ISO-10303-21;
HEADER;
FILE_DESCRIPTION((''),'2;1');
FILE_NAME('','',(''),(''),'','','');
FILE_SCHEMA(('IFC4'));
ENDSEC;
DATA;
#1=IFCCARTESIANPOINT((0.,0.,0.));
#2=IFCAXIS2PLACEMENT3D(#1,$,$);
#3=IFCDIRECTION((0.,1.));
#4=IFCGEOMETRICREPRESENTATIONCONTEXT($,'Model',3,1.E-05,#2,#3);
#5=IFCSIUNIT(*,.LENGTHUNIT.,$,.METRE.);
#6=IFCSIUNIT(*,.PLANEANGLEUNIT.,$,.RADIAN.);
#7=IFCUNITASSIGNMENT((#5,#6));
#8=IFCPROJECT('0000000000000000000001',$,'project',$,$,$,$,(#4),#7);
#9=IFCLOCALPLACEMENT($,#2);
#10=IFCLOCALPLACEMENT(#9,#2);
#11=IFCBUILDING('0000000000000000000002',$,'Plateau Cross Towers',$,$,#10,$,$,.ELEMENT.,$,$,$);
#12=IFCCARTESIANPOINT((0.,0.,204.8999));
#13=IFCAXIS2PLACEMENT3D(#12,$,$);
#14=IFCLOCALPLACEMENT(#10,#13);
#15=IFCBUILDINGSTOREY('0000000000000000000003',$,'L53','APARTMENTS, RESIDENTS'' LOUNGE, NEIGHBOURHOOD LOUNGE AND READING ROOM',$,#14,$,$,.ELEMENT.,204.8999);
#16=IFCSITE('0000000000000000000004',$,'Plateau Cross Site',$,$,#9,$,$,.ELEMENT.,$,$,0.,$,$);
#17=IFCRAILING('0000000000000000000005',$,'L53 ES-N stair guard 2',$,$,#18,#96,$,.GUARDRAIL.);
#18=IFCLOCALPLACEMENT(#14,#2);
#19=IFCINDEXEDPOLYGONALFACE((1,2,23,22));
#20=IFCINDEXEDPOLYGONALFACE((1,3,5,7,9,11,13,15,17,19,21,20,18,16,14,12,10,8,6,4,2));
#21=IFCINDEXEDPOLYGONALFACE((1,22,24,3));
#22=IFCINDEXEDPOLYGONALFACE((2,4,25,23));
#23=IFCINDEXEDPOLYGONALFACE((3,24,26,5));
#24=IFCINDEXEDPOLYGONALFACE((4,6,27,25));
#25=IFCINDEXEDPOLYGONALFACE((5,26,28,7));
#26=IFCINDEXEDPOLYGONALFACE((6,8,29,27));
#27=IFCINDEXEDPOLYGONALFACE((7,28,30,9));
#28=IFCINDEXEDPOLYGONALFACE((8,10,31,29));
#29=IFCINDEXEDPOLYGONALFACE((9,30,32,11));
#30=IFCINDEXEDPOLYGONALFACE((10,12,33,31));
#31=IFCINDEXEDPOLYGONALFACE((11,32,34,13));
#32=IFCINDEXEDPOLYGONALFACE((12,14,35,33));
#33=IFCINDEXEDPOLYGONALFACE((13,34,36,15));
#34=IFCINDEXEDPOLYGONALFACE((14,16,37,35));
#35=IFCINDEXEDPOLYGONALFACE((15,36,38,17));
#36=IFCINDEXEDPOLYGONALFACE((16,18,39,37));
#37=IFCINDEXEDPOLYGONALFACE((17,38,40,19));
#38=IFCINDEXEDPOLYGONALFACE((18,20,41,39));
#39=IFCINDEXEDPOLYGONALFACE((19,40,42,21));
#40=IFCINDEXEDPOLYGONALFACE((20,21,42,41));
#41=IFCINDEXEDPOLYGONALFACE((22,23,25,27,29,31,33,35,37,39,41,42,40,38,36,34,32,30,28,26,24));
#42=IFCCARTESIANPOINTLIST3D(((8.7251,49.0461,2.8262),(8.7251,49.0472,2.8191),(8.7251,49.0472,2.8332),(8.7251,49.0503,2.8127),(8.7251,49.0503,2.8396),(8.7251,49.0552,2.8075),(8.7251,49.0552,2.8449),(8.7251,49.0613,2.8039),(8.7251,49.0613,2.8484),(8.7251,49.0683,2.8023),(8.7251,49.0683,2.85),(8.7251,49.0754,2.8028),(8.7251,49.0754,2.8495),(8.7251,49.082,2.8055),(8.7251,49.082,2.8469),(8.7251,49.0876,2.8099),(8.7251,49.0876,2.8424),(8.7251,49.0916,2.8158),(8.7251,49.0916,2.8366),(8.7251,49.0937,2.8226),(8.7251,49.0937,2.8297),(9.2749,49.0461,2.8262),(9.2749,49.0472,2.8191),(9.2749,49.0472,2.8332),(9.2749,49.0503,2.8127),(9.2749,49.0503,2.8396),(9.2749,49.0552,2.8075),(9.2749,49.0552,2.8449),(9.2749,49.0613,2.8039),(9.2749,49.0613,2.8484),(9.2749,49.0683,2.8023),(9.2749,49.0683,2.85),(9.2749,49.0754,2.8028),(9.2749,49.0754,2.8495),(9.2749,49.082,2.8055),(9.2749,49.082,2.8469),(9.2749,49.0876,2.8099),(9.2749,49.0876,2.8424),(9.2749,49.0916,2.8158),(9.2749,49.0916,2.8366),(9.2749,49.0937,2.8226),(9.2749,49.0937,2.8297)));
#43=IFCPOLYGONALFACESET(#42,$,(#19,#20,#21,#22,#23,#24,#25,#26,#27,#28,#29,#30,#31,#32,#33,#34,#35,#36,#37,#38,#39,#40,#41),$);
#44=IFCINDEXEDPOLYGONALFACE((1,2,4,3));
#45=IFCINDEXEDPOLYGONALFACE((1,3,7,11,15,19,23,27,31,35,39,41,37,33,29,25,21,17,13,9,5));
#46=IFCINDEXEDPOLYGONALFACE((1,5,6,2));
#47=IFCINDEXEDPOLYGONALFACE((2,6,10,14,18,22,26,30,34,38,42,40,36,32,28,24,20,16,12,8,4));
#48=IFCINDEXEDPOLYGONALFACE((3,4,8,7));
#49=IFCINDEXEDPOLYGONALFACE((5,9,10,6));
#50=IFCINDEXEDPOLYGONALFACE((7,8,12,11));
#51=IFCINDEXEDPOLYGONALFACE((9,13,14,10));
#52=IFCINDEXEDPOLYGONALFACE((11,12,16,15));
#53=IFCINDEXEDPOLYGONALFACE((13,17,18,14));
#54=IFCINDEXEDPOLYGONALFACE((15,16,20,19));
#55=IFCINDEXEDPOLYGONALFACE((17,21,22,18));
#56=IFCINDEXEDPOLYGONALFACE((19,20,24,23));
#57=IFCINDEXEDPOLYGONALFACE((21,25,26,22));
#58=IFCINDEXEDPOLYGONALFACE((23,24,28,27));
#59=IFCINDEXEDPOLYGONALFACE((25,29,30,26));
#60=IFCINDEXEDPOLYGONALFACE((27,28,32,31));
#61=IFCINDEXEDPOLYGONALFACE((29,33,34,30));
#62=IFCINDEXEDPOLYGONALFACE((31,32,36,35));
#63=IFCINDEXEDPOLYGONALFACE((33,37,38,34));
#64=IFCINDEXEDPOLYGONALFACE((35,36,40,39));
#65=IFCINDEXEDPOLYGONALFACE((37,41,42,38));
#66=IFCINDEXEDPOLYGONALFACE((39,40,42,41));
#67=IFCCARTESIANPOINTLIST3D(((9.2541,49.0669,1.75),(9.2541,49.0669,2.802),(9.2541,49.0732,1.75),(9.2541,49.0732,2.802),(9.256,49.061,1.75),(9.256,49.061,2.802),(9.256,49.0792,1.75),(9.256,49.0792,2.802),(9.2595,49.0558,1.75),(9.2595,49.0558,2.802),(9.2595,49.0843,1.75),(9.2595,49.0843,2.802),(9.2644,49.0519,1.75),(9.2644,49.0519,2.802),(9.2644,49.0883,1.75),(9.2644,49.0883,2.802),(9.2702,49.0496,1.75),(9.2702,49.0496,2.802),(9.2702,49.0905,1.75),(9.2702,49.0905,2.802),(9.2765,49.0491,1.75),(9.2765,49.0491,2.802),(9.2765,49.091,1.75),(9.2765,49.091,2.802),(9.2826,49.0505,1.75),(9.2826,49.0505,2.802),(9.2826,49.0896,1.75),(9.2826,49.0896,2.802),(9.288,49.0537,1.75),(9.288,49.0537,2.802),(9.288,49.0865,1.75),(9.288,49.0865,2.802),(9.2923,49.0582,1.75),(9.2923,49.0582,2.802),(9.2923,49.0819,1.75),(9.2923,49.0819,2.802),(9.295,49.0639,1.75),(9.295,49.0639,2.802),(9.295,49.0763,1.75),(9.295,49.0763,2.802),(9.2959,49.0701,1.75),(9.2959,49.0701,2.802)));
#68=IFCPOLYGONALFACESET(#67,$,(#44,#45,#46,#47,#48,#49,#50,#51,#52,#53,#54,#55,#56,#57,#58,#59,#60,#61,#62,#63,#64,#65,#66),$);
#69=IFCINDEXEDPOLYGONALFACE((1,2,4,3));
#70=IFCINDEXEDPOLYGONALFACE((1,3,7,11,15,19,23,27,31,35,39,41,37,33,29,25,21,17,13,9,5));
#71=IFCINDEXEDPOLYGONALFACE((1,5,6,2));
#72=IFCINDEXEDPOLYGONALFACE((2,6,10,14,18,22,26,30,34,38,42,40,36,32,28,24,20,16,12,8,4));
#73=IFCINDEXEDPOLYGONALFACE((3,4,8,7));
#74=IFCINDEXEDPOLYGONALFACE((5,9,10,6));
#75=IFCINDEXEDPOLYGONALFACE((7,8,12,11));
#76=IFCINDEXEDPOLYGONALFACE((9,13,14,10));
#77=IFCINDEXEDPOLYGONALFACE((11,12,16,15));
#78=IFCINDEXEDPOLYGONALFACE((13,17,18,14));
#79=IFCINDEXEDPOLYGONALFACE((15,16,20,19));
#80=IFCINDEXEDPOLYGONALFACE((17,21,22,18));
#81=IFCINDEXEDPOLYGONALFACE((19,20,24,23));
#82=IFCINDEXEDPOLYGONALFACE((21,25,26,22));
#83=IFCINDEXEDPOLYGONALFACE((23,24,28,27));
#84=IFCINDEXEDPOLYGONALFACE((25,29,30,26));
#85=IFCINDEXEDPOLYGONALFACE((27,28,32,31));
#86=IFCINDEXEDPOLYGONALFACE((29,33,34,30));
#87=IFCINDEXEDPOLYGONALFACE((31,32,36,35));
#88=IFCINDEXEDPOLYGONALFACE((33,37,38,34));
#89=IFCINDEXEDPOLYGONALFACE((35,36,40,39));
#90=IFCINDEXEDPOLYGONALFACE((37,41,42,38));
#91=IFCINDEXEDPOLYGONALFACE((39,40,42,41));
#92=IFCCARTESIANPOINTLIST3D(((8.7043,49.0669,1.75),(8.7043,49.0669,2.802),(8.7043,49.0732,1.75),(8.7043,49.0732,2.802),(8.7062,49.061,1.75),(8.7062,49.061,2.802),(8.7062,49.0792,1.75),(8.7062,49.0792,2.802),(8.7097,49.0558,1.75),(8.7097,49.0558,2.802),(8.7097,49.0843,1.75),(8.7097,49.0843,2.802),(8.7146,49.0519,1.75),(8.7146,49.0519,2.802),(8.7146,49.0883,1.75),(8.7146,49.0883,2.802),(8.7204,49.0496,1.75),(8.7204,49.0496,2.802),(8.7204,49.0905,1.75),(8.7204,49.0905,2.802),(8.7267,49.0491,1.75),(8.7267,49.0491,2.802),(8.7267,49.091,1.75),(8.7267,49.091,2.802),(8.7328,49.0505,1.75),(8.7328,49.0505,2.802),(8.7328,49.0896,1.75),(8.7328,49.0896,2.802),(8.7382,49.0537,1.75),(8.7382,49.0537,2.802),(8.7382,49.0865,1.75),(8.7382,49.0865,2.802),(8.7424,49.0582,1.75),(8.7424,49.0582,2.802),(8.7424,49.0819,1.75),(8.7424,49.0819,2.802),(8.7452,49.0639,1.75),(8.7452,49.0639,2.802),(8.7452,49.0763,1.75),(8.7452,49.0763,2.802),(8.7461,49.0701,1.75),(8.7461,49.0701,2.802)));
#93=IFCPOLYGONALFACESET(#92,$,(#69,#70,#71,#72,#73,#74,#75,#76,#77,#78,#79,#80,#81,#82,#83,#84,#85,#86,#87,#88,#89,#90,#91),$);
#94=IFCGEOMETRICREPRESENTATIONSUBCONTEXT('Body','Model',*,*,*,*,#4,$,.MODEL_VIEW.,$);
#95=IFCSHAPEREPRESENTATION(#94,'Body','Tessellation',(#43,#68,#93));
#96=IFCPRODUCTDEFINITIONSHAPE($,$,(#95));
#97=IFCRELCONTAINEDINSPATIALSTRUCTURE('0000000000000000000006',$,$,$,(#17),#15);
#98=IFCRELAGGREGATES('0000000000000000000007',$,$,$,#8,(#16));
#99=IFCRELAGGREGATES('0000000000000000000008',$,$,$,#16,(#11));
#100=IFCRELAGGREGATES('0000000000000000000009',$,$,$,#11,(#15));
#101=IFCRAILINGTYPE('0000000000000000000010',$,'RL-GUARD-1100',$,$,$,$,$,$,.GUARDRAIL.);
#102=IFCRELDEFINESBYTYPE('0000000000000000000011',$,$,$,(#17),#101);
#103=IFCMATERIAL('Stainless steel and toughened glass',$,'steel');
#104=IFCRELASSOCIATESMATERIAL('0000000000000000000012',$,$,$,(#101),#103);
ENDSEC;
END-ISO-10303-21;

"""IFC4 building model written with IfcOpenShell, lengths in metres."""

from ifc_helpers import new_model, si_unit, direction, frame, origin, origin_2d, place, context, subcontext, project, spatial, circle, extrude, material, type_object, element, save


model = new_model("IFC4")

# Units and contexts
model_context = context("Model", 3, precision=1e-05, world=origin(), true_north=direction((0.0, 1.0)))
body_context = subcontext(model_context, "Body", "Model", "MODEL_VIEW")
ifc_project = project(units=[si_unit("LENGTHUNIT", "METRE"), si_unit("PLANEANGLEUNIT", "RADIAN")], contexts=[model_context])

# Site, building, storey
site_placement = place(None, origin())
site = spatial("IfcSite", under=ifc_project, at=site_placement, Name="Plateau Cross Site", CompositionType="ELEMENT", RefElevation=0.0)
building_placement = place(site_placement, origin())
building = spatial("IfcBuilding", under=site, at=building_placement, Name="Plateau Cross Towers", CompositionType="ELEMENT")
storey_placement = place(building_placement, frame((0.0, 0.0, 204.8999)))
storey = spatial("IfcBuildingStorey", under=building, at=storey_placement, Name="L53", Description="APARTMENTS, RESIDENTS' LOUNGE, NEIGHBOURHOOD LOUNGE AND READING ROOM", CompositionType="ELEMENT", Elevation=204.8999)

# Railing
ifc_material_1 = material(Name="Stainless steel and toughened glass", Category="steel")
railing_type = type_object("IfcRailingType", Name="RL-GUARD-1100", PredefinedType="GUARDRAIL", material=ifc_material_1)
railing_placement = place(storey_placement, frame((9.2749, 49.0701, 1.75)))
element("IfcRailing", 1, at=railing_placement, inside=storey, type_object=railing_type, Name="L53 ES-N stair guard 2", PredefinedType="GUARDRAIL", context=body_context, shape_type="SweptSolid", body=[
    extrude(circle(Radius=0.0239, at=origin_2d()), frame((0.0, 0.0, 1.0762), z_axis=(-1.0, 0.0, 0.0), x_axis=(0.0, -1.0, 0.0)), (0.0, 0.0, 1.0), 0.5498),
    extrude(circle(Radius=0.021, at=origin_2d()), origin(), (0.0, 0.0, 1.0), 1.052),
    extrude(circle(Radius=0.021, at=origin_2d()), frame((-0.5498, 0.0, 0.0)), (0.0, 0.0, 1.0), 1.052),
])

save(model, "model.ifc")
